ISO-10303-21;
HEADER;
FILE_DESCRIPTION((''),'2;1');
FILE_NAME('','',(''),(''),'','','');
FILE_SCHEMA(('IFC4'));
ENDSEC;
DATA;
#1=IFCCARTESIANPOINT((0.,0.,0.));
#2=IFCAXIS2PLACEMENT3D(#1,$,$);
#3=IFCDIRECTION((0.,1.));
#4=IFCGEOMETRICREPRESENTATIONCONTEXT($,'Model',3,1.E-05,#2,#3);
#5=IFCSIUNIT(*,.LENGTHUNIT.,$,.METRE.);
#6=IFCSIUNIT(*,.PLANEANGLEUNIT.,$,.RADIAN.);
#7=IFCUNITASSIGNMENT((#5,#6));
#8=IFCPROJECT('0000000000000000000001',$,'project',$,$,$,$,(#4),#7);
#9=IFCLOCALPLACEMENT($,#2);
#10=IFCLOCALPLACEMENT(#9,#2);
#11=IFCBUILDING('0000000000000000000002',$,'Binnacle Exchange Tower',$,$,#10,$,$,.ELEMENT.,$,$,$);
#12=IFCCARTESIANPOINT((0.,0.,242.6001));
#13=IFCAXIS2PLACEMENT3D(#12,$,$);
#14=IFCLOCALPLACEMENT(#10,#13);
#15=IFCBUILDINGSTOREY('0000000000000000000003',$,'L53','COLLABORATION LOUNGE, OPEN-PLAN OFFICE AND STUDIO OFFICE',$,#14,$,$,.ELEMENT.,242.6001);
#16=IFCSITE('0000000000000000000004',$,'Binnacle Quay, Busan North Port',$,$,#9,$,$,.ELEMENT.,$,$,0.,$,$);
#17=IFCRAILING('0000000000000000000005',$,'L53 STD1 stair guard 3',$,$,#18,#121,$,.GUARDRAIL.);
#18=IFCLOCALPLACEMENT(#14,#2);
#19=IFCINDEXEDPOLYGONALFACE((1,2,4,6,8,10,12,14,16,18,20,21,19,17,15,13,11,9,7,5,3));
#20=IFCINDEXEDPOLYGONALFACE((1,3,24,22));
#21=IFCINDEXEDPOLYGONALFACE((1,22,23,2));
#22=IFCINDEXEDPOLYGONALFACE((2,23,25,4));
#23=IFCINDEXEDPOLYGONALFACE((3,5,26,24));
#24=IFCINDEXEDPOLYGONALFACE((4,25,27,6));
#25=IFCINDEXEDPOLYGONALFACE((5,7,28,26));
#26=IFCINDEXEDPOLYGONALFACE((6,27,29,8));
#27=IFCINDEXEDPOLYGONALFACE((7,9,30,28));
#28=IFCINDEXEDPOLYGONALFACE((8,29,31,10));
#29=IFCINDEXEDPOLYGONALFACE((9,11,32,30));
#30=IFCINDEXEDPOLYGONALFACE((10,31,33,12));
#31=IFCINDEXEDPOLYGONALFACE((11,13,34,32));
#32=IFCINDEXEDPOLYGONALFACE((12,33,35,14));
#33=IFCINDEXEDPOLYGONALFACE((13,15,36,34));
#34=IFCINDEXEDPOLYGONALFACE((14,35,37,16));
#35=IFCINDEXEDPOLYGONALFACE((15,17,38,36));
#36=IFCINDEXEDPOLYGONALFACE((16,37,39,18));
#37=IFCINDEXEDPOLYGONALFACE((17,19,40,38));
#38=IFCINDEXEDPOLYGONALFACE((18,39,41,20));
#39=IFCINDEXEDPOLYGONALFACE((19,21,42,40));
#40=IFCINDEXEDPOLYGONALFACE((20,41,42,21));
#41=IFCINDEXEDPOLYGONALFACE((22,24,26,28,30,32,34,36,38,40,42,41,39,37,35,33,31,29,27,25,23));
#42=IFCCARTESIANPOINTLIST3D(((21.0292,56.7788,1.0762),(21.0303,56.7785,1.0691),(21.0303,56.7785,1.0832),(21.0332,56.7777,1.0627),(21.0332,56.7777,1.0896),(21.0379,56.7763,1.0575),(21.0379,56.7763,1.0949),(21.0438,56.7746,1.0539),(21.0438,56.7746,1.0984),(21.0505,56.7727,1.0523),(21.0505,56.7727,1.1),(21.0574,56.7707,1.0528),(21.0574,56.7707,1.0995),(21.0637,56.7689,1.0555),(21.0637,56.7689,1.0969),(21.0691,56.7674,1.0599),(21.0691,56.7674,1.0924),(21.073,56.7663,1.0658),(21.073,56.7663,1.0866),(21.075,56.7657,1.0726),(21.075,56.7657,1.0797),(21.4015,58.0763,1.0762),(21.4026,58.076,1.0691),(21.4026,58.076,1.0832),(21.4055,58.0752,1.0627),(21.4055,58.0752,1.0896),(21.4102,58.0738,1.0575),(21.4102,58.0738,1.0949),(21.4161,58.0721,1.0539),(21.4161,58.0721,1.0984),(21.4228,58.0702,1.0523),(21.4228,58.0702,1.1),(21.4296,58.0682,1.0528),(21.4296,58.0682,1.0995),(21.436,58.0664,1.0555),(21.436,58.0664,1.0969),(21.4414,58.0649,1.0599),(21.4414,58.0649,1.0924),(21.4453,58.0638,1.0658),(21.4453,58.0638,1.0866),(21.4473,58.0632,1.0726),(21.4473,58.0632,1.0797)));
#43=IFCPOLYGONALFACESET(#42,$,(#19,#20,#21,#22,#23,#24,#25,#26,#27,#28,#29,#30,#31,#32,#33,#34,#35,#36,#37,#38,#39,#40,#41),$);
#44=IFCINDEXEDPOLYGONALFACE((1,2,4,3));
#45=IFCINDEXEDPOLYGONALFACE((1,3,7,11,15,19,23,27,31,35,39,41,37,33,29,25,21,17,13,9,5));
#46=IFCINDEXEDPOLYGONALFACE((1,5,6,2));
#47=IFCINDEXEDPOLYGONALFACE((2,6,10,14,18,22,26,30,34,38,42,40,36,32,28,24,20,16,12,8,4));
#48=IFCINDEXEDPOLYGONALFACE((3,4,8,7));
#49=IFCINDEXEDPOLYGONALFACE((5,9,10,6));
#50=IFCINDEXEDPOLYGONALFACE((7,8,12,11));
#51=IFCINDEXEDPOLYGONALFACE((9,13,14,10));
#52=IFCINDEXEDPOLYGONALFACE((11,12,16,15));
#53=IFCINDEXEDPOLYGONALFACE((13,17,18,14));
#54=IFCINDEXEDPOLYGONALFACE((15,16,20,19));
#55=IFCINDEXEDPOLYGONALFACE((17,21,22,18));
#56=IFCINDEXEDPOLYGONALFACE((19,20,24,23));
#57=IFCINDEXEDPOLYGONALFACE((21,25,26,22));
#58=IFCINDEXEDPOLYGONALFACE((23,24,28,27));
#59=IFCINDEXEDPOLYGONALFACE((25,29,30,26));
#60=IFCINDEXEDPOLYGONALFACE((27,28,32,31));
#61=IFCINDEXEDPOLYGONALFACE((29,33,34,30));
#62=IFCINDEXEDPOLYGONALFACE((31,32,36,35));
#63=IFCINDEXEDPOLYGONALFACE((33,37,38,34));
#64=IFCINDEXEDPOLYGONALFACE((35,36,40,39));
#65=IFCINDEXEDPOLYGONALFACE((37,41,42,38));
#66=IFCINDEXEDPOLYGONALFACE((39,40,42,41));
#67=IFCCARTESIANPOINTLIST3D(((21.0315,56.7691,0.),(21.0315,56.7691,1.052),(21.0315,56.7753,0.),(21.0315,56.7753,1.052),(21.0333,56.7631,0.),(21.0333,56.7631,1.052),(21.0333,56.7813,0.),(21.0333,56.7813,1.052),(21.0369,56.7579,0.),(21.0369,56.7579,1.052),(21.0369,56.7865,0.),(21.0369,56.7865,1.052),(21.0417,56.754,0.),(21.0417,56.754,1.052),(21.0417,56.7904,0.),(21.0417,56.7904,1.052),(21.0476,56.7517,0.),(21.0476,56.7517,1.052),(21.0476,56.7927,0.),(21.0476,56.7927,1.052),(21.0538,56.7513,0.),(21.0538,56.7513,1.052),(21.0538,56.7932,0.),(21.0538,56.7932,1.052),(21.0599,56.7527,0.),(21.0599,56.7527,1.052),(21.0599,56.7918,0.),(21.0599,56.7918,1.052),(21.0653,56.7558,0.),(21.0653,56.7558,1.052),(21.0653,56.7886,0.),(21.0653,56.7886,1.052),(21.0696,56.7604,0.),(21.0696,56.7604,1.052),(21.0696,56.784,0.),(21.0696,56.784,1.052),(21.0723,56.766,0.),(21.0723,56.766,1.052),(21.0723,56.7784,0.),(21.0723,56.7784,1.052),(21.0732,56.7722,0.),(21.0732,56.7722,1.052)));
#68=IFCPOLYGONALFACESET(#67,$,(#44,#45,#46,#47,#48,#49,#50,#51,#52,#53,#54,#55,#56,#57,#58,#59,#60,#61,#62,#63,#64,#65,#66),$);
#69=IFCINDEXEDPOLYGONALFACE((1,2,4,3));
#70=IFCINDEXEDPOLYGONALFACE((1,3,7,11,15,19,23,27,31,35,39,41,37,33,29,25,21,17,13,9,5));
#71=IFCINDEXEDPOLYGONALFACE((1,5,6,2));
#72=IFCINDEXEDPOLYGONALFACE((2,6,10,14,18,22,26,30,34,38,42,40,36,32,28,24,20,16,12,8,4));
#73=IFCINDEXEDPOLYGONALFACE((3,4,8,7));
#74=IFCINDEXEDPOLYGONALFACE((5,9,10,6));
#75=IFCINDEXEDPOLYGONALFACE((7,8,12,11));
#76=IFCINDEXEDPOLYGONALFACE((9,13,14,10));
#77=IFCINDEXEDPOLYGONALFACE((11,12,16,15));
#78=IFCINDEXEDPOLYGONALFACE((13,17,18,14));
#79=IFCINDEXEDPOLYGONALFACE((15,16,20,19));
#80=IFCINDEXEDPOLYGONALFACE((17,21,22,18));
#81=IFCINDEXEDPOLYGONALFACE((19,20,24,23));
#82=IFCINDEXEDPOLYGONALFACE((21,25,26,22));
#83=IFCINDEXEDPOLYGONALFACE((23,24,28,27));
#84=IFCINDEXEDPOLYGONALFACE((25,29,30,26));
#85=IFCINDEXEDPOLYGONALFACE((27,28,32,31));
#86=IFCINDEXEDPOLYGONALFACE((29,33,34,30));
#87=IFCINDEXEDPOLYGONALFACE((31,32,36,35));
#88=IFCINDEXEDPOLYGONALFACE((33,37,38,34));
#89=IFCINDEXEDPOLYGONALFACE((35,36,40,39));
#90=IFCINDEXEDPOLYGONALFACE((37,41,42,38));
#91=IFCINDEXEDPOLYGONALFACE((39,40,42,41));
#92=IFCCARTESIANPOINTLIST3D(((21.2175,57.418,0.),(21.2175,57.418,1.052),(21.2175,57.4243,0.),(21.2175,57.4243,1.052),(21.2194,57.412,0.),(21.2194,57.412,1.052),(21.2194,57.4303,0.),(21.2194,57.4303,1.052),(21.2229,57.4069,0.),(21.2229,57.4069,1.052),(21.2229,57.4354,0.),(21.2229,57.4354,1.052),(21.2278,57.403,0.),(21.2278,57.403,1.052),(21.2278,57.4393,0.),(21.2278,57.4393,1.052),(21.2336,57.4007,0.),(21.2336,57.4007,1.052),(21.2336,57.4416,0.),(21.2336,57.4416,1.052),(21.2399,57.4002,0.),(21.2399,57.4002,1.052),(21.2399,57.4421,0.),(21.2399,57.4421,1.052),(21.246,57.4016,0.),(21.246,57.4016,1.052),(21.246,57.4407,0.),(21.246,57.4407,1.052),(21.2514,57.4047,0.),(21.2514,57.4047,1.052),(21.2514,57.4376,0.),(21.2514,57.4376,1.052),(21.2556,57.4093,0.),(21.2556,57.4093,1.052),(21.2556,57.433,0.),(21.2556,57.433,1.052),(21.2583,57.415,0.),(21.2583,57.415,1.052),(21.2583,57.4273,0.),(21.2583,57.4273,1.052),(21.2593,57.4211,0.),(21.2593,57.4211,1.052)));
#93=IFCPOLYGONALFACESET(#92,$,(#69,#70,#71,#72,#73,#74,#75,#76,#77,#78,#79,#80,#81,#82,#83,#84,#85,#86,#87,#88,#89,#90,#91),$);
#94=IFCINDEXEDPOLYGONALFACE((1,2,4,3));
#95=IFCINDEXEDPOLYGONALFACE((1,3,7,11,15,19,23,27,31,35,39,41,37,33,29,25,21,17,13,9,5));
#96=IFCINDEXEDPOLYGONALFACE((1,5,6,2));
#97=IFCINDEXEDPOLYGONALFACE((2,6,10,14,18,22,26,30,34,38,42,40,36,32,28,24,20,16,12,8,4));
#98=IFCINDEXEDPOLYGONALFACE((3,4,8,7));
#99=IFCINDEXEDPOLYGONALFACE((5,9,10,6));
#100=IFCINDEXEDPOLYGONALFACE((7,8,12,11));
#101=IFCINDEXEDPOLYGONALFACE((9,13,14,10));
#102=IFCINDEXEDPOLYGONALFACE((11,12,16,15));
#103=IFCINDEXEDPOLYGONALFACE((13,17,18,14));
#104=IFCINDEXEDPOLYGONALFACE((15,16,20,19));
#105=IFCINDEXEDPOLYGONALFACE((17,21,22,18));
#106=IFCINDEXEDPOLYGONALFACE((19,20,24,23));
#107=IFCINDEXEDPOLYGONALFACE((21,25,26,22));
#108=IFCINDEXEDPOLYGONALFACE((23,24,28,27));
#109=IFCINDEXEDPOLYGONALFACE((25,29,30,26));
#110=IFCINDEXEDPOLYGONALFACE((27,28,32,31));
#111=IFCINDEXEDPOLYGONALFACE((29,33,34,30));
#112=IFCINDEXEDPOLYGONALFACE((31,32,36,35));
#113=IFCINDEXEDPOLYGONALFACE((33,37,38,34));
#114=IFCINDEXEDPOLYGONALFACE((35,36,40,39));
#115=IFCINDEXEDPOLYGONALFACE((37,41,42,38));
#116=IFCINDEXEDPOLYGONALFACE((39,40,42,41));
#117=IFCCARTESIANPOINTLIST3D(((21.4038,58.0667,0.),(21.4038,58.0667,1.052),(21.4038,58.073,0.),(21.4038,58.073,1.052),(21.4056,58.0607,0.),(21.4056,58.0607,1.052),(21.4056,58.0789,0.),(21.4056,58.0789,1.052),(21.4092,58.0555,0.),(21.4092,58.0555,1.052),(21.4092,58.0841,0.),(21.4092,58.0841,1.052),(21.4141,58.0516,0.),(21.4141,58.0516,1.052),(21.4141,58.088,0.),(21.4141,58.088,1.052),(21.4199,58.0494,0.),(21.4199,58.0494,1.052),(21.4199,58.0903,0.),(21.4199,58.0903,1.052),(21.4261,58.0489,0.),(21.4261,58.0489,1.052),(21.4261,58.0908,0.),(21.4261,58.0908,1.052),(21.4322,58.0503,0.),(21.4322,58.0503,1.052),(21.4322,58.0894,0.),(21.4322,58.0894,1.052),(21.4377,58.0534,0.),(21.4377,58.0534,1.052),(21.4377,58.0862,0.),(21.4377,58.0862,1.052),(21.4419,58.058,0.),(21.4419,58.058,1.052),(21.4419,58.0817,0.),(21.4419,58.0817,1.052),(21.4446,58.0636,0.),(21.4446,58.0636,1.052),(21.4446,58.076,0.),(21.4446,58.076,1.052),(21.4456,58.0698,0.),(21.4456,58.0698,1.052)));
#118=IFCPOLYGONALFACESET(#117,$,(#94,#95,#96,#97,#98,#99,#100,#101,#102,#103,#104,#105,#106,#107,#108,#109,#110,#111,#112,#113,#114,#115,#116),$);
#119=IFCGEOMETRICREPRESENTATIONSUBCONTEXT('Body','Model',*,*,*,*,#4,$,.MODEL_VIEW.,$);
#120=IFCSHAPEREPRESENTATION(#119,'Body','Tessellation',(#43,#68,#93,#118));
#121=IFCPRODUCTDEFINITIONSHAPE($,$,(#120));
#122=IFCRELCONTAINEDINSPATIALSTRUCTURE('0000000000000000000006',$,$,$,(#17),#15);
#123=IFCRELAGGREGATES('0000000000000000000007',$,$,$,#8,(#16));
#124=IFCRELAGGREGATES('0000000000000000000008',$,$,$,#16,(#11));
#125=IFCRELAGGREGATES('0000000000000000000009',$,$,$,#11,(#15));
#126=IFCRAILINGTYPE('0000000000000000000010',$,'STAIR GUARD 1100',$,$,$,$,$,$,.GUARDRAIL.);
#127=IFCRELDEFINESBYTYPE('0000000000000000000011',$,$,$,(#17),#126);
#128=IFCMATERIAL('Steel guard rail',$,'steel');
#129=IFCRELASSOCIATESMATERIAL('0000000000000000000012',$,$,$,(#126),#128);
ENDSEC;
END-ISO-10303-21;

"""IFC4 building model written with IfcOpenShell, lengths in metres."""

from ifc_helpers import new_model, si_unit, direction, frame, origin, origin_2d, place, context, subcontext, project, spatial, circle, extrude, material, type_object, element, save


model = new_model("IFC4")

# Units and contexts
model_context = context("Model", 3, precision=1e-05, world=origin(), true_north=direction((0.0, 1.0)))
body_context = subcontext(model_context, "Body", "Model", "MODEL_VIEW")
ifc_project = project(units=[si_unit("LENGTHUNIT", "METRE"), si_unit("PLANEANGLEUNIT", "RADIAN")], contexts=[model_context])

# Site, building, storey
site_placement = place(None, origin())
site = spatial("IfcSite", under=ifc_project, at=site_placement, Name="Binnacle Quay, Busan North Port", CompositionType="ELEMENT", RefElevation=0.0)
building_placement = place(site_placement, origin())
building = spatial("IfcBuilding", under=site, at=building_placement, Name="Binnacle Exchange Tower", CompositionType="ELEMENT")
storey_placement = place(building_placement, frame((0.0, 0.0, 242.6001)))
storey = spatial("IfcBuildingStorey", under=building, at=storey_placement, Name="L53", Description="COLLABORATION LOUNGE, OPEN-PLAN OFFICE AND STUDIO OFFICE", CompositionType="ELEMENT", Elevation=242.6001)

# Railing
ifc_material_1 = material(Name="Steel guard rail", Category="steel")
railing_type_1 = type_object("IfcRailingType", Name="STAIR GUARD 1100", PredefinedType="GUARDRAIL", material=ifc_material_1)
railing_1_placement = place(storey_placement, frame((21.0522, 56.7722, 0.0)))
element("IfcRailing", 1, at=railing_1_placement, inside=storey, type_object=railing_type_1, Name="L53 STD1 stair guard 3", PredefinedType="GUARDRAIL", context=body_context, shape_type="SweptSolid", body=[
    extrude(circle(Radius=0.0239, at=origin_2d()), frame((0.0, 0.0, 1.0762), z_axis=(0.275796, 0.961216, 0.0), x_axis=(-0.961216, 0.275796, 0.0)), (0.0, 0.0, 1.0), 1.3499),
    extrude(circle(Radius=0.021, at=origin_2d()), origin(), (0.0, 0.0, 1.0), 1.052),
    extrude(circle(Radius=0.021, at=origin_2d()), frame((0.186, 0.6489, 0.0)), (0.0, 0.0, 1.0), 1.052),
    extrude(circle(Radius=0.021, at=origin_2d()), frame((0.3723, 1.2976, 0.0)), (0.0, 0.0, 1.0), 1.052),
])

save(model, "model.ifc")
